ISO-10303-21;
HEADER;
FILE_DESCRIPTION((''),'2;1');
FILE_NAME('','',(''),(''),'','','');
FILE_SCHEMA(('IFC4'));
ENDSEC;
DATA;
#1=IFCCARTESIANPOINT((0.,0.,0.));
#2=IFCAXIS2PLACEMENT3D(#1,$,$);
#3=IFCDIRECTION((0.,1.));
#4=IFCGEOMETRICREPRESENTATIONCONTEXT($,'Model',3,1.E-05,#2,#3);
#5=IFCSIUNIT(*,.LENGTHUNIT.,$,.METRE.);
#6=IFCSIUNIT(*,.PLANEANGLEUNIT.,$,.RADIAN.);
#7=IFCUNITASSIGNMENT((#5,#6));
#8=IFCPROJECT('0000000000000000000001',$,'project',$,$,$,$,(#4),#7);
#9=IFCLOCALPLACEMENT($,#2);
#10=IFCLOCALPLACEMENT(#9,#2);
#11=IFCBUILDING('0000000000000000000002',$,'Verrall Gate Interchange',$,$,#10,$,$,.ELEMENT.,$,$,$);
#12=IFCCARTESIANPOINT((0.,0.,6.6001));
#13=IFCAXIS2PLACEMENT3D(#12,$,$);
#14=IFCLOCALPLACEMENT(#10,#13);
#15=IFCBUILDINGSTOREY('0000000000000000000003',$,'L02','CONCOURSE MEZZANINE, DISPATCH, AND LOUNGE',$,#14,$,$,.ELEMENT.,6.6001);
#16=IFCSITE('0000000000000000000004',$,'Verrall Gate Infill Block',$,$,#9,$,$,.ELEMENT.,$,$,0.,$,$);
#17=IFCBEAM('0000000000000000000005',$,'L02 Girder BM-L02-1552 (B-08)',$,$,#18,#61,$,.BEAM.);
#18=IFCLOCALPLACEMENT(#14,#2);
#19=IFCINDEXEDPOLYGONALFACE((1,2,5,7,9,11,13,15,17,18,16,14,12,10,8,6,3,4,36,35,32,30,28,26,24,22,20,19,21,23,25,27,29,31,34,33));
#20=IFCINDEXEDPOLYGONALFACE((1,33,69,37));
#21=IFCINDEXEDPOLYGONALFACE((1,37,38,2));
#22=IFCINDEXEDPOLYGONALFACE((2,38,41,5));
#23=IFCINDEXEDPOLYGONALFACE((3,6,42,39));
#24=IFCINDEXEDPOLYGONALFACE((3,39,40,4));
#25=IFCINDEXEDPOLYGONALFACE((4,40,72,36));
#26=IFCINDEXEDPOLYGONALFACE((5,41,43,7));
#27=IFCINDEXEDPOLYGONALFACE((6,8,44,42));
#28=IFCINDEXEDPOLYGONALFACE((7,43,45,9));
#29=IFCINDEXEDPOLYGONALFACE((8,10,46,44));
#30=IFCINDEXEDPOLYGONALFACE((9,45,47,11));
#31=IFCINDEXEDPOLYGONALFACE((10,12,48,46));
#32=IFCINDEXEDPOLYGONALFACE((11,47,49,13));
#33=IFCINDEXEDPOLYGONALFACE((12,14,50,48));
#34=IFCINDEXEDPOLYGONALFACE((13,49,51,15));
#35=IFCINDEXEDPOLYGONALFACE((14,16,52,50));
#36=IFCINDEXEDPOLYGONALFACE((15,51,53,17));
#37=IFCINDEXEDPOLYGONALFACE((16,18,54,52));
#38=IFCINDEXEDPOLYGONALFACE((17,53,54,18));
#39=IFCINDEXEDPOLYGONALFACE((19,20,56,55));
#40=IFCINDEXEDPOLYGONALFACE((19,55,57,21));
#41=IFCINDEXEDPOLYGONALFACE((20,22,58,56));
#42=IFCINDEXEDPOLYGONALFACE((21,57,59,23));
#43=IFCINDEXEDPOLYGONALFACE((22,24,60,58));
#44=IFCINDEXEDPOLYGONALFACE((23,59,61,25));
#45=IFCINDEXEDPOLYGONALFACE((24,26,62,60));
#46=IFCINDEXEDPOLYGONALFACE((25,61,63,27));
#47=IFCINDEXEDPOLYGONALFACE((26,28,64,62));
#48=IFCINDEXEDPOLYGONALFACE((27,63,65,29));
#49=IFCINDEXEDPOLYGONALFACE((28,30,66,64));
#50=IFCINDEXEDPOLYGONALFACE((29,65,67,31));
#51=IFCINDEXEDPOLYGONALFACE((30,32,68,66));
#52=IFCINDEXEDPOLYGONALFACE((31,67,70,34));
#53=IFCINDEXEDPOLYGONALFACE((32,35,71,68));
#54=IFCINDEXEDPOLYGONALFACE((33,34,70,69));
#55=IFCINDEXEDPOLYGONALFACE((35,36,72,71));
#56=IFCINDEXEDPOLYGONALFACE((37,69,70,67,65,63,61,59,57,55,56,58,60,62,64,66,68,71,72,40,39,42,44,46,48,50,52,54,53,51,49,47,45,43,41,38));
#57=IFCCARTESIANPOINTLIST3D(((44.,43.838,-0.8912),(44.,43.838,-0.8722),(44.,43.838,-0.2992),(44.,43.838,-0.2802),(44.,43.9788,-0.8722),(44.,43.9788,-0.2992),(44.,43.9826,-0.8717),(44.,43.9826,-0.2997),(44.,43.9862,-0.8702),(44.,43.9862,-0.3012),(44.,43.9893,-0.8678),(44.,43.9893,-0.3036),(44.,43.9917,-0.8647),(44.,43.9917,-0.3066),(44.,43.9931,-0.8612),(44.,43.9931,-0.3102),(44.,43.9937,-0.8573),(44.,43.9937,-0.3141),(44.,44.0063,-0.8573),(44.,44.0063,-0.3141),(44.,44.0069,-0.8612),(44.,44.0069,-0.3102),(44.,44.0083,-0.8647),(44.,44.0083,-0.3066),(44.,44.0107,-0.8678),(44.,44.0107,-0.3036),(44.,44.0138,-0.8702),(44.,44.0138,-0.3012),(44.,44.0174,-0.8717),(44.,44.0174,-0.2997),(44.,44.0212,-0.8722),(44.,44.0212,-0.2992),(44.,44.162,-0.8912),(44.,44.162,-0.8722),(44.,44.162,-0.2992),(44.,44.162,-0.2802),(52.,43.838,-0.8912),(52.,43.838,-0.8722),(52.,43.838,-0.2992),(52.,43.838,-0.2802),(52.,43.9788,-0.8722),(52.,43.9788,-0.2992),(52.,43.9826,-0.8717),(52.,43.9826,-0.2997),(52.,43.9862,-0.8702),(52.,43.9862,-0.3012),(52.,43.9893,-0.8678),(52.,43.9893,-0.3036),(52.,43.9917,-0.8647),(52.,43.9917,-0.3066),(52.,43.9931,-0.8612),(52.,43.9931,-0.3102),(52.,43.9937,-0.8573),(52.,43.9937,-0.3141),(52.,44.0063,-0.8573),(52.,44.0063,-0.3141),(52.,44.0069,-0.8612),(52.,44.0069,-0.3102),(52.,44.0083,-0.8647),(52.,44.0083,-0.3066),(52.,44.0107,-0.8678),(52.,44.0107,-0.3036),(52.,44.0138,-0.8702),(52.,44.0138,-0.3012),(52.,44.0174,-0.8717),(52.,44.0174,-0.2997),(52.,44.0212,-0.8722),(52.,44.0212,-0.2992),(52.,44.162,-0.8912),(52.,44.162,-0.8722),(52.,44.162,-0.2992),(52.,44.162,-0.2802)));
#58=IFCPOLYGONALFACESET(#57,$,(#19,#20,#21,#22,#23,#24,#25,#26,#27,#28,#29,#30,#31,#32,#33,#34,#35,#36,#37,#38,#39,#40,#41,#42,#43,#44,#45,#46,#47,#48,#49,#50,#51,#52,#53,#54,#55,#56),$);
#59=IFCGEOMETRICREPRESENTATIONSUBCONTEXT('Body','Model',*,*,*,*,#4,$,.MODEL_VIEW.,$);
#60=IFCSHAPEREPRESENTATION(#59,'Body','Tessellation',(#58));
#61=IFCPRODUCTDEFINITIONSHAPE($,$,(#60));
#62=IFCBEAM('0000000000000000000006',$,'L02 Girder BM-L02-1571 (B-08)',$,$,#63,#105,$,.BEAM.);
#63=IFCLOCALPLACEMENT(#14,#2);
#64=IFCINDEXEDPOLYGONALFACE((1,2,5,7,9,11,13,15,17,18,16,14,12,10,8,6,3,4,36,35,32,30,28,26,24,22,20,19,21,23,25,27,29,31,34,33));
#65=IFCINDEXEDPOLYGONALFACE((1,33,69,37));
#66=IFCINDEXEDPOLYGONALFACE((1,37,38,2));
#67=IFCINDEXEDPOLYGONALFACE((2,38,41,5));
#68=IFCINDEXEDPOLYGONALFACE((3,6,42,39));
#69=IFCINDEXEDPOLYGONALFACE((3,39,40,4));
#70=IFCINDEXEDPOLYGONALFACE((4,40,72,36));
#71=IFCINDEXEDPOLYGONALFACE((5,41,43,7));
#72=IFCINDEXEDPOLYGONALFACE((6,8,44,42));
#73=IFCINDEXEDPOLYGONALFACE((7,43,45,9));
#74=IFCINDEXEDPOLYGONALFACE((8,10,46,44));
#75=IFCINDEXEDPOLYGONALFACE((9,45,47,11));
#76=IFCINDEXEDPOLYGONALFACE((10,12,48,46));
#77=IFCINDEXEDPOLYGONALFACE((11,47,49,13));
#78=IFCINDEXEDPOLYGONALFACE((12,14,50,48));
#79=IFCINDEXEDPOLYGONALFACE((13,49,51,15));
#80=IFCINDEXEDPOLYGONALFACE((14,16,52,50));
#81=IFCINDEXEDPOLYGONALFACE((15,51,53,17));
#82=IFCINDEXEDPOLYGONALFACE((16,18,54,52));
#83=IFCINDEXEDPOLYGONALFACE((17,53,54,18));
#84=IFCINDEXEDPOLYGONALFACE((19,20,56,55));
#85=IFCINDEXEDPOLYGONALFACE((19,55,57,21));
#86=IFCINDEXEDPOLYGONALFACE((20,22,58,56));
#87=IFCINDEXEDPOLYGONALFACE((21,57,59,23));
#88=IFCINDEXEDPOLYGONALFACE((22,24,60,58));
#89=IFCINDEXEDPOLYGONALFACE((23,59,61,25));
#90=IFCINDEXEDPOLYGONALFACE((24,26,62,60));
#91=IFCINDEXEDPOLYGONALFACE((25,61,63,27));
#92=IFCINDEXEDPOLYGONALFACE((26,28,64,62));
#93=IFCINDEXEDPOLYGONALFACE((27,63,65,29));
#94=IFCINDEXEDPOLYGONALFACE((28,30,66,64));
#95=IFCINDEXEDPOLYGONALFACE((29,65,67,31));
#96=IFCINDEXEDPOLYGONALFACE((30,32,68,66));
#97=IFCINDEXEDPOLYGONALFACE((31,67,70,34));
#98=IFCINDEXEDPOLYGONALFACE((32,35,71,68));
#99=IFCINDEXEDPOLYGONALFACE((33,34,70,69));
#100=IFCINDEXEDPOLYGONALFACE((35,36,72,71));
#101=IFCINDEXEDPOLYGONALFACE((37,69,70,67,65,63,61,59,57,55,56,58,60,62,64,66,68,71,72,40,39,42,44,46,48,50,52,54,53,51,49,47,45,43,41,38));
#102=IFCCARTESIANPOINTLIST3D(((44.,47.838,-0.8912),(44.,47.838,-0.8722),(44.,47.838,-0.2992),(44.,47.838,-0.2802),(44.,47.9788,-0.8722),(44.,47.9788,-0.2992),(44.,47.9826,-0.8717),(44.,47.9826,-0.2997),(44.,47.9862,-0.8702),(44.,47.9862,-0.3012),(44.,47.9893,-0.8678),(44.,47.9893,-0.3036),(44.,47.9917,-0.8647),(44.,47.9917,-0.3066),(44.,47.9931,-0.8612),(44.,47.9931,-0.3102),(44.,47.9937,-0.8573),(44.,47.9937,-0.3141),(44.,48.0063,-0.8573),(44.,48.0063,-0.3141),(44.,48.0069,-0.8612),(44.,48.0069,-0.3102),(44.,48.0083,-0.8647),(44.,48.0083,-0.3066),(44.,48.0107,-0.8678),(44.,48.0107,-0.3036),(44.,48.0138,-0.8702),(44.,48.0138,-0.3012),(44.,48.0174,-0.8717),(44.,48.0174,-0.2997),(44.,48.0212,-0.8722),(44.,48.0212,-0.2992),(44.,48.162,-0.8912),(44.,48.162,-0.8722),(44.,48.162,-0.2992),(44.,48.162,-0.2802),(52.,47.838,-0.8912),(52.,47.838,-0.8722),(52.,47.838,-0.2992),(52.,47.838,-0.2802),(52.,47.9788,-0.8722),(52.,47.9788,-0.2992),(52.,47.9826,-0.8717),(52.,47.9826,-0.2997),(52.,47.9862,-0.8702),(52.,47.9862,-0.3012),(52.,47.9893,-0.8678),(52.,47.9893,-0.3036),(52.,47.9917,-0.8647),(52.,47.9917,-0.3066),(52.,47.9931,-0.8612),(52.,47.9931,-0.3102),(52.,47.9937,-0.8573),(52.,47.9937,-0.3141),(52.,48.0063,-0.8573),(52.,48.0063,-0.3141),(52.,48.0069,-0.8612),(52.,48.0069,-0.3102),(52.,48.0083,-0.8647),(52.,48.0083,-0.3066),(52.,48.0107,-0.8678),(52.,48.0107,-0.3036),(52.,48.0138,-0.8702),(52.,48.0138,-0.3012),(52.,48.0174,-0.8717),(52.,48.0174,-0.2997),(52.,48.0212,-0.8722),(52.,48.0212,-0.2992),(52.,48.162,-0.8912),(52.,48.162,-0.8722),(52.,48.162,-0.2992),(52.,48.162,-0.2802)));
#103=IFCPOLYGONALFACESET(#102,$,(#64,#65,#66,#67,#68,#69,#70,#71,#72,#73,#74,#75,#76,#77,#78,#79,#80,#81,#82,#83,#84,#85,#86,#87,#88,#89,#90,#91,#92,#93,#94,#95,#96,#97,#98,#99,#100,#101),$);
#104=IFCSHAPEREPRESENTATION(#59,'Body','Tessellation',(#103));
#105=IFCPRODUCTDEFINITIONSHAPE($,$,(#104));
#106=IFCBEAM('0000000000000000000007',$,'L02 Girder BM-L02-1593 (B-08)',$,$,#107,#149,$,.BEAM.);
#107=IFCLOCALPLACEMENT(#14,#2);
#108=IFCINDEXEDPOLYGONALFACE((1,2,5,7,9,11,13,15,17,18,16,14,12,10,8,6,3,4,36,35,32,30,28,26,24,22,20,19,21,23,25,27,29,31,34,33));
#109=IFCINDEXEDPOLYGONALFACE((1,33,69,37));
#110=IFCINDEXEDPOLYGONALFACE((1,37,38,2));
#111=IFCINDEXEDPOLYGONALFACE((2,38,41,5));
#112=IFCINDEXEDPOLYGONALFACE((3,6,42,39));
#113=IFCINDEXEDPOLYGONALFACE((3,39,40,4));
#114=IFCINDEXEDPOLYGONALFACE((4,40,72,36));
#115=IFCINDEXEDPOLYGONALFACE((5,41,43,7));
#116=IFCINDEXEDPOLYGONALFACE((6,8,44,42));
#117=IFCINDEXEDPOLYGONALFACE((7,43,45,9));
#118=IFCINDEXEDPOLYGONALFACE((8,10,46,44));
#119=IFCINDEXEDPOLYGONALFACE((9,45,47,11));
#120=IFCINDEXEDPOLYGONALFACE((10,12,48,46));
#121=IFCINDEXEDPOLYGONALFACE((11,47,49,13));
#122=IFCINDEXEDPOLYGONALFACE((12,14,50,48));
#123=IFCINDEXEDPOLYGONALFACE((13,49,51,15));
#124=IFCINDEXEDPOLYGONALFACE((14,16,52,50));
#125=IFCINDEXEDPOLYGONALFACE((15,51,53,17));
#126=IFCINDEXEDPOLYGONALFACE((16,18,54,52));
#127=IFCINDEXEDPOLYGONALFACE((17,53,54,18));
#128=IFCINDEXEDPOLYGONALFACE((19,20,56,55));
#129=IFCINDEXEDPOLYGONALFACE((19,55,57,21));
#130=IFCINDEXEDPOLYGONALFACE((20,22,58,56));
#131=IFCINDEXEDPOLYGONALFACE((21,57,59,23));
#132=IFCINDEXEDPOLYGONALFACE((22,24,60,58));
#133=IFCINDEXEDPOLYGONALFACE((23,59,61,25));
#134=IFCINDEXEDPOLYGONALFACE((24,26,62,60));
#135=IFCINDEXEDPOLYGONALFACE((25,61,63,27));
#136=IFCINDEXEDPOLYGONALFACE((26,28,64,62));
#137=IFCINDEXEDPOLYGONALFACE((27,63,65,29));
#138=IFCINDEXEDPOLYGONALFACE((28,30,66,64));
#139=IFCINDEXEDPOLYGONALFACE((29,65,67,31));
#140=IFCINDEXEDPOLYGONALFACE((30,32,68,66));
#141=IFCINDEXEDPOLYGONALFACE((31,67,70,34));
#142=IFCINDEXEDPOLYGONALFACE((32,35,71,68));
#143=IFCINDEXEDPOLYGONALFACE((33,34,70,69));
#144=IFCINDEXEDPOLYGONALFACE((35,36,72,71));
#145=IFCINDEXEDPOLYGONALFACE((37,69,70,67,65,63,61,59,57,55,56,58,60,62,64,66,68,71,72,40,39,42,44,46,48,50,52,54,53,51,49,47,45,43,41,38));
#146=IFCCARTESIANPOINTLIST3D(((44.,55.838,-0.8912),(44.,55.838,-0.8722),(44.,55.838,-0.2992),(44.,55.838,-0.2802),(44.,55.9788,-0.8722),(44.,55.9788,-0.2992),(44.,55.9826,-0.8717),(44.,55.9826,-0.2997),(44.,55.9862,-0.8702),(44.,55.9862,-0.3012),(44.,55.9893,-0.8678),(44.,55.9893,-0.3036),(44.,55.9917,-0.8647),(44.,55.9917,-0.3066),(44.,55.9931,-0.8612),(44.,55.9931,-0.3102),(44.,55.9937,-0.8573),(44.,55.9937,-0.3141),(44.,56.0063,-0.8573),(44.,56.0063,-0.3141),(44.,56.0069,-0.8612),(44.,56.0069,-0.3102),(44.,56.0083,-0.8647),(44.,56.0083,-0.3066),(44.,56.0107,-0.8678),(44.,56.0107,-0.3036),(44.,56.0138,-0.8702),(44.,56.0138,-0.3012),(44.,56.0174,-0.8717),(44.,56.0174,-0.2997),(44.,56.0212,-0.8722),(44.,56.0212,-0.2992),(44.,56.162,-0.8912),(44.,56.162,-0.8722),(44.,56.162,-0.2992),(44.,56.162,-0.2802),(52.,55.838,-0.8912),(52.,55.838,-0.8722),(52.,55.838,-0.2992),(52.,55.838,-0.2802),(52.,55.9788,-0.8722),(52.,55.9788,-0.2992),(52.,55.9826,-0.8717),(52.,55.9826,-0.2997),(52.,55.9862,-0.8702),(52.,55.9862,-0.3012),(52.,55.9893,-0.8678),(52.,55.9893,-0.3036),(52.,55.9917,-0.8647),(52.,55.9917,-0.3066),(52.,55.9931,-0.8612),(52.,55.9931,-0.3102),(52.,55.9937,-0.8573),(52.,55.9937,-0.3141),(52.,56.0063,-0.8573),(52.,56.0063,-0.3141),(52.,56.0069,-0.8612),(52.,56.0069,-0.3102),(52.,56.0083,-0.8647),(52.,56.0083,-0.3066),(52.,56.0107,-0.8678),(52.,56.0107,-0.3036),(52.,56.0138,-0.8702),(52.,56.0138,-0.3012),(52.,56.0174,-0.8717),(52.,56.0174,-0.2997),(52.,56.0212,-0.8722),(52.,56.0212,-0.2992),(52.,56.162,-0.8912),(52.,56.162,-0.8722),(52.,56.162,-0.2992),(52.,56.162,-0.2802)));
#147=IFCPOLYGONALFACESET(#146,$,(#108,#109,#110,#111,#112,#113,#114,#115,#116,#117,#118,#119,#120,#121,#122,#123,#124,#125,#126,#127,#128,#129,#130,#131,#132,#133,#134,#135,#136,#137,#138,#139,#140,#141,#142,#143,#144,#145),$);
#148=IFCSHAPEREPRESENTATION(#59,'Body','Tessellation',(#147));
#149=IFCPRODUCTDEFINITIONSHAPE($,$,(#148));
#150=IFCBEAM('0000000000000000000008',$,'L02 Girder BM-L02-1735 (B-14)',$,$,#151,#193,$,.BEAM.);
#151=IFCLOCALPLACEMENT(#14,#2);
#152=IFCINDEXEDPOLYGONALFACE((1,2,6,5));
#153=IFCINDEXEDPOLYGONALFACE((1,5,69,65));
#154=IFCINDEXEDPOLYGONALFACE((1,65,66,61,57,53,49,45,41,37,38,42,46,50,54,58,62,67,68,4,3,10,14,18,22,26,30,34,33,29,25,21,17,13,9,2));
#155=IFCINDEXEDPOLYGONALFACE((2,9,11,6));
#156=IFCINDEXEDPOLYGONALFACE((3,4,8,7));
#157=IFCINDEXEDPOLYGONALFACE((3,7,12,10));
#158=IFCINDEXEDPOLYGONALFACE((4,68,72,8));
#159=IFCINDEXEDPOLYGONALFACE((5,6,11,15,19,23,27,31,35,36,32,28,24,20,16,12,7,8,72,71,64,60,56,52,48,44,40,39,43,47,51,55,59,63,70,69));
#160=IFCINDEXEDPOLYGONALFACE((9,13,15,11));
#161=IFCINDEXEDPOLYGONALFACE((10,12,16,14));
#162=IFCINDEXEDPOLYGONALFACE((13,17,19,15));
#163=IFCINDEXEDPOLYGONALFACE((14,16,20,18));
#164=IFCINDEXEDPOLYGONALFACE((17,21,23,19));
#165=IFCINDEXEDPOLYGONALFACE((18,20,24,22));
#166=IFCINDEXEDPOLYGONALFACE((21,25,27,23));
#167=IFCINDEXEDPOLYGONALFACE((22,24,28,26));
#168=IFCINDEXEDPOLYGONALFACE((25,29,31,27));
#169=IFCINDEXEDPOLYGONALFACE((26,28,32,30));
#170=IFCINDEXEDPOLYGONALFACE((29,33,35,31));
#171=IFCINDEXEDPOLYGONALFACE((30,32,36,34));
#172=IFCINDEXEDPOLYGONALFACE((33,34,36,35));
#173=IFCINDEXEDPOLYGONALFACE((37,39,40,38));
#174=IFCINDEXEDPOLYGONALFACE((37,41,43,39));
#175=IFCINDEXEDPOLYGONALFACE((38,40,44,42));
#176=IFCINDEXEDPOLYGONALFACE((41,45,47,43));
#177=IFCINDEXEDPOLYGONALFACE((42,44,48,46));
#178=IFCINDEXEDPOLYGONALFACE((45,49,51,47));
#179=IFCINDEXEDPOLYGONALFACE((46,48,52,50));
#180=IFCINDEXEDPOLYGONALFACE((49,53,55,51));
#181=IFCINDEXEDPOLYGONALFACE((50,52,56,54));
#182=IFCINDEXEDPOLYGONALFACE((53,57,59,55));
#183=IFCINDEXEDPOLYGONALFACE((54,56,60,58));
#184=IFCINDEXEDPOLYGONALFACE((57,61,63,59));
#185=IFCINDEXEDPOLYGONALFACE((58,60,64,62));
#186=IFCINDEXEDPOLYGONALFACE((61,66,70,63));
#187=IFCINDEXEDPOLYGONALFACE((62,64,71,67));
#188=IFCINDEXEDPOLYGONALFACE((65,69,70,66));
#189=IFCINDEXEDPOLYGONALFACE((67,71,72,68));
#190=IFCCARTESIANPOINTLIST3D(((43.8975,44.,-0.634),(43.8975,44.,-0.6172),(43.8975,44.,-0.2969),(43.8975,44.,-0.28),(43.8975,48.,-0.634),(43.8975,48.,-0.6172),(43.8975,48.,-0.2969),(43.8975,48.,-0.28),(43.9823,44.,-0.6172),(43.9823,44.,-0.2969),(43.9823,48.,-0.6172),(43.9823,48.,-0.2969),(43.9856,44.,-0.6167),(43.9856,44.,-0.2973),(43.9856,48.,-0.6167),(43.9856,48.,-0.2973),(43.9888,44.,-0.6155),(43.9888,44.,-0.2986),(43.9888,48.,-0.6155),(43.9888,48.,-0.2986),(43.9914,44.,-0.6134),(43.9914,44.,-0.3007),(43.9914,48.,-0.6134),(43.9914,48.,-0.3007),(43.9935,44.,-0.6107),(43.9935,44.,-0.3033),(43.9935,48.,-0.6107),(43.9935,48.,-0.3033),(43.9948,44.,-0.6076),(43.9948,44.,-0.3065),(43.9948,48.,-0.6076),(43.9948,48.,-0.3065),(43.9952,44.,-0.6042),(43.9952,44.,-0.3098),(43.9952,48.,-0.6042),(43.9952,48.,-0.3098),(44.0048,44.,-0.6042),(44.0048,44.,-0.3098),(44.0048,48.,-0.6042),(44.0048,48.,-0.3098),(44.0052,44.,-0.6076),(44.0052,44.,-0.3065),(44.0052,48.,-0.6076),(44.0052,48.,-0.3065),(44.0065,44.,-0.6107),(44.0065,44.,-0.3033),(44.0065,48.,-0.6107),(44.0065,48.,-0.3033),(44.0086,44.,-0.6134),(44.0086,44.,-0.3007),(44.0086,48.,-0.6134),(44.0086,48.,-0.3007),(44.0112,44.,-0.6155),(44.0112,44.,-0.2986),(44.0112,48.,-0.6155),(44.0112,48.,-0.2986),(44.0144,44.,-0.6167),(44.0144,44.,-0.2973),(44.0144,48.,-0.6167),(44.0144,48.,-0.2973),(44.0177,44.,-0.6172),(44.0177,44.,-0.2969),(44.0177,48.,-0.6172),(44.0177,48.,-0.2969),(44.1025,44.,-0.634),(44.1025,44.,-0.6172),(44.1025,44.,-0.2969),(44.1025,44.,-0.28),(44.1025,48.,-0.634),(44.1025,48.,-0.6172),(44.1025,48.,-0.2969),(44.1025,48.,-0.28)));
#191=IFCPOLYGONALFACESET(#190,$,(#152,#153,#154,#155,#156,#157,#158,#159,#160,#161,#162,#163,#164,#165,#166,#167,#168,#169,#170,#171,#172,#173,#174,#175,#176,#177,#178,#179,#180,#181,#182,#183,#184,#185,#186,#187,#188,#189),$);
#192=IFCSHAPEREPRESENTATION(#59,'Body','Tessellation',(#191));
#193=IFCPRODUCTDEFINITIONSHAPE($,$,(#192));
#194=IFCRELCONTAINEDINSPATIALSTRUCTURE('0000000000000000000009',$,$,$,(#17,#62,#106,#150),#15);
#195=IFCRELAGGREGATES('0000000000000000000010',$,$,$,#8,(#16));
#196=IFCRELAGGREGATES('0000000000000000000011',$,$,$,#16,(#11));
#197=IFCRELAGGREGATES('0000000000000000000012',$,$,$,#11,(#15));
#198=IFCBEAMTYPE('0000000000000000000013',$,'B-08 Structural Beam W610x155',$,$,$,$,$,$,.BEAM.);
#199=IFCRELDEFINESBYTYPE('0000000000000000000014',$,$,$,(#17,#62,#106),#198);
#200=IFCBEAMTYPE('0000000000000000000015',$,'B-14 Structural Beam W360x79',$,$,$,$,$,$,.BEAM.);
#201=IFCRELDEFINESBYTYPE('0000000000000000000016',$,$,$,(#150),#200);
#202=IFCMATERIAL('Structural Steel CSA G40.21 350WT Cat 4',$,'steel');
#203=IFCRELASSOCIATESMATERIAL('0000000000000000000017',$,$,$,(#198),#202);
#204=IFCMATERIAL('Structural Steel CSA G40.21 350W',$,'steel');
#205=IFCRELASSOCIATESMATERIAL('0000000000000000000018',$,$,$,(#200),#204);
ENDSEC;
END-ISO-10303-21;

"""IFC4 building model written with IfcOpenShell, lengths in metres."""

from ifc_helpers import new_model, si_unit, direction, frame, origin, origin_2d, place, context, subcontext, project, spatial, i_section, extrude, material, material_profile, profile_set, type_object, element, save


model = new_model("IFC4")

# Units and contexts
model_context = context("Model", 3, precision=1e-05, world=origin(), true_north=direction((0.0, 1.0)))
body_context = subcontext(model_context, "Body", "Model", "MODEL_VIEW")
ifc_project = project(units=[si_unit("LENGTHUNIT", "METRE"), si_unit("PLANEANGLEUNIT", "RADIAN")], contexts=[model_context])

# Site, building, storey
site_placement = place(None, origin())
site = spatial("IfcSite", under=ifc_project, at=site_placement, Name="Verrall Gate Infill Block", CompositionType="ELEMENT", RefElevation=0.0)
building_placement = place(site_placement, origin())
building = spatial("IfcBuilding", under=site, at=building_placement, Name="Verrall Gate Interchange", CompositionType="ELEMENT")
storey_placement = place(building_placement, frame((0.0, 0.0, 6.6001)))
storey = spatial("IfcBuildingStorey", under=building, at=storey_placement, Name="L02", Description="CONCOURSE MEZZANINE, DISPATCH, AND LOUNGE", CompositionType="ELEMENT", Elevation=6.6001)

# Beams
ifc_material_1 = material(Name="Structural Steel CSA G40.21 350WT Cat 4", Category="steel")
ifc_material_profile_1 = material_profile(ifc_material_1, i_section(OverallWidth=0.324, OverallDepth=0.6111, WebThickness=0.0127, FlangeThickness=0.019, FilletRadius=0.0149, at=origin_2d()), Name="W610x155")
ifc_profile_set_1 = profile_set([ifc_material_profile_1], Name="Structural Steel CSA G40.21 350WT Cat 4")
beam_type_1 = type_object("IfcBeamType", Name="B-08 Structural Beam W610x155", PredefinedType="BEAM", material=ifc_profile_set_1)
for number, where, z_axis, x_axis, name in (
    (1, (44.0, 44.0, -0.5857), (1.0, 0.0, 0.0), (0.0, 1.0, 0.0), "L02 Girder BM-L02-1552 (B-08)"),
    (2, (44.0, 48.0, -0.5857), (1.0, 0.0, 0.0), (0.0, 1.0, 0.0), "L02 Girder BM-L02-1571 (B-08)"),
    (3, (44.0, 56.0, -0.5857), (1.0, 0.0, 0.0), (0.0, 1.0, 0.0), "L02 Girder BM-L02-1593 (B-08)"),
):
    element("IfcBeam", number, at=place(storey_placement, frame(where, z_axis=z_axis, x_axis=x_axis)), inside=storey, type_object=beam_type_1, Name=name, PredefinedType="BEAM", context=body_context, shape_type="SweptSolid", body=[
        extrude(i_section(OverallWidth=0.324, OverallDepth=0.6111, WebThickness=0.0127, FlangeThickness=0.019, FilletRadius=0.0149, at=origin_2d()), origin(), (0.0, 0.0, 1.0), 8.0),
    ])
ifc_material_2 = material(Name="Structural Steel CSA G40.21 350W", Category="steel")
ifc_material_profile_2 = material_profile(ifc_material_2, i_section(OverallWidth=0.2051, OverallDepth=0.354, WebThickness=0.0095, FlangeThickness=0.0168, FilletRadius=0.0129, at=origin_2d()), Name="W360x79")
ifc_profile_set_2 = profile_set([ifc_material_profile_2], Name="Structural Steel CSA G40.21 350W")
beam_type_2 = type_object("IfcBeamType", Name="B-14 Structural Beam W360x79", PredefinedType="BEAM", material=ifc_profile_set_2)
beam_1_placement = place(storey_placement, frame((44.0, 44.0, -0.457), z_axis=(0.0, 1.0, 0.0), x_axis=(-1.0, 0.0, 0.0)))
element("IfcBeam", 4, at=beam_1_placement, inside=storey, type_object=beam_type_2, Name="L02 Girder BM-L02-1735 (B-14)", PredefinedType="BEAM", context=body_context, shape_type="SweptSolid", body=[
    extrude(i_section(OverallWidth=0.2051, OverallDepth=0.354, WebThickness=0.0095, FlangeThickness=0.0168, FilletRadius=0.0129, at=origin_2d()), origin(), (0.0, 0.0, 1.0), 4.0),
])

save(model, "model.ifc")
